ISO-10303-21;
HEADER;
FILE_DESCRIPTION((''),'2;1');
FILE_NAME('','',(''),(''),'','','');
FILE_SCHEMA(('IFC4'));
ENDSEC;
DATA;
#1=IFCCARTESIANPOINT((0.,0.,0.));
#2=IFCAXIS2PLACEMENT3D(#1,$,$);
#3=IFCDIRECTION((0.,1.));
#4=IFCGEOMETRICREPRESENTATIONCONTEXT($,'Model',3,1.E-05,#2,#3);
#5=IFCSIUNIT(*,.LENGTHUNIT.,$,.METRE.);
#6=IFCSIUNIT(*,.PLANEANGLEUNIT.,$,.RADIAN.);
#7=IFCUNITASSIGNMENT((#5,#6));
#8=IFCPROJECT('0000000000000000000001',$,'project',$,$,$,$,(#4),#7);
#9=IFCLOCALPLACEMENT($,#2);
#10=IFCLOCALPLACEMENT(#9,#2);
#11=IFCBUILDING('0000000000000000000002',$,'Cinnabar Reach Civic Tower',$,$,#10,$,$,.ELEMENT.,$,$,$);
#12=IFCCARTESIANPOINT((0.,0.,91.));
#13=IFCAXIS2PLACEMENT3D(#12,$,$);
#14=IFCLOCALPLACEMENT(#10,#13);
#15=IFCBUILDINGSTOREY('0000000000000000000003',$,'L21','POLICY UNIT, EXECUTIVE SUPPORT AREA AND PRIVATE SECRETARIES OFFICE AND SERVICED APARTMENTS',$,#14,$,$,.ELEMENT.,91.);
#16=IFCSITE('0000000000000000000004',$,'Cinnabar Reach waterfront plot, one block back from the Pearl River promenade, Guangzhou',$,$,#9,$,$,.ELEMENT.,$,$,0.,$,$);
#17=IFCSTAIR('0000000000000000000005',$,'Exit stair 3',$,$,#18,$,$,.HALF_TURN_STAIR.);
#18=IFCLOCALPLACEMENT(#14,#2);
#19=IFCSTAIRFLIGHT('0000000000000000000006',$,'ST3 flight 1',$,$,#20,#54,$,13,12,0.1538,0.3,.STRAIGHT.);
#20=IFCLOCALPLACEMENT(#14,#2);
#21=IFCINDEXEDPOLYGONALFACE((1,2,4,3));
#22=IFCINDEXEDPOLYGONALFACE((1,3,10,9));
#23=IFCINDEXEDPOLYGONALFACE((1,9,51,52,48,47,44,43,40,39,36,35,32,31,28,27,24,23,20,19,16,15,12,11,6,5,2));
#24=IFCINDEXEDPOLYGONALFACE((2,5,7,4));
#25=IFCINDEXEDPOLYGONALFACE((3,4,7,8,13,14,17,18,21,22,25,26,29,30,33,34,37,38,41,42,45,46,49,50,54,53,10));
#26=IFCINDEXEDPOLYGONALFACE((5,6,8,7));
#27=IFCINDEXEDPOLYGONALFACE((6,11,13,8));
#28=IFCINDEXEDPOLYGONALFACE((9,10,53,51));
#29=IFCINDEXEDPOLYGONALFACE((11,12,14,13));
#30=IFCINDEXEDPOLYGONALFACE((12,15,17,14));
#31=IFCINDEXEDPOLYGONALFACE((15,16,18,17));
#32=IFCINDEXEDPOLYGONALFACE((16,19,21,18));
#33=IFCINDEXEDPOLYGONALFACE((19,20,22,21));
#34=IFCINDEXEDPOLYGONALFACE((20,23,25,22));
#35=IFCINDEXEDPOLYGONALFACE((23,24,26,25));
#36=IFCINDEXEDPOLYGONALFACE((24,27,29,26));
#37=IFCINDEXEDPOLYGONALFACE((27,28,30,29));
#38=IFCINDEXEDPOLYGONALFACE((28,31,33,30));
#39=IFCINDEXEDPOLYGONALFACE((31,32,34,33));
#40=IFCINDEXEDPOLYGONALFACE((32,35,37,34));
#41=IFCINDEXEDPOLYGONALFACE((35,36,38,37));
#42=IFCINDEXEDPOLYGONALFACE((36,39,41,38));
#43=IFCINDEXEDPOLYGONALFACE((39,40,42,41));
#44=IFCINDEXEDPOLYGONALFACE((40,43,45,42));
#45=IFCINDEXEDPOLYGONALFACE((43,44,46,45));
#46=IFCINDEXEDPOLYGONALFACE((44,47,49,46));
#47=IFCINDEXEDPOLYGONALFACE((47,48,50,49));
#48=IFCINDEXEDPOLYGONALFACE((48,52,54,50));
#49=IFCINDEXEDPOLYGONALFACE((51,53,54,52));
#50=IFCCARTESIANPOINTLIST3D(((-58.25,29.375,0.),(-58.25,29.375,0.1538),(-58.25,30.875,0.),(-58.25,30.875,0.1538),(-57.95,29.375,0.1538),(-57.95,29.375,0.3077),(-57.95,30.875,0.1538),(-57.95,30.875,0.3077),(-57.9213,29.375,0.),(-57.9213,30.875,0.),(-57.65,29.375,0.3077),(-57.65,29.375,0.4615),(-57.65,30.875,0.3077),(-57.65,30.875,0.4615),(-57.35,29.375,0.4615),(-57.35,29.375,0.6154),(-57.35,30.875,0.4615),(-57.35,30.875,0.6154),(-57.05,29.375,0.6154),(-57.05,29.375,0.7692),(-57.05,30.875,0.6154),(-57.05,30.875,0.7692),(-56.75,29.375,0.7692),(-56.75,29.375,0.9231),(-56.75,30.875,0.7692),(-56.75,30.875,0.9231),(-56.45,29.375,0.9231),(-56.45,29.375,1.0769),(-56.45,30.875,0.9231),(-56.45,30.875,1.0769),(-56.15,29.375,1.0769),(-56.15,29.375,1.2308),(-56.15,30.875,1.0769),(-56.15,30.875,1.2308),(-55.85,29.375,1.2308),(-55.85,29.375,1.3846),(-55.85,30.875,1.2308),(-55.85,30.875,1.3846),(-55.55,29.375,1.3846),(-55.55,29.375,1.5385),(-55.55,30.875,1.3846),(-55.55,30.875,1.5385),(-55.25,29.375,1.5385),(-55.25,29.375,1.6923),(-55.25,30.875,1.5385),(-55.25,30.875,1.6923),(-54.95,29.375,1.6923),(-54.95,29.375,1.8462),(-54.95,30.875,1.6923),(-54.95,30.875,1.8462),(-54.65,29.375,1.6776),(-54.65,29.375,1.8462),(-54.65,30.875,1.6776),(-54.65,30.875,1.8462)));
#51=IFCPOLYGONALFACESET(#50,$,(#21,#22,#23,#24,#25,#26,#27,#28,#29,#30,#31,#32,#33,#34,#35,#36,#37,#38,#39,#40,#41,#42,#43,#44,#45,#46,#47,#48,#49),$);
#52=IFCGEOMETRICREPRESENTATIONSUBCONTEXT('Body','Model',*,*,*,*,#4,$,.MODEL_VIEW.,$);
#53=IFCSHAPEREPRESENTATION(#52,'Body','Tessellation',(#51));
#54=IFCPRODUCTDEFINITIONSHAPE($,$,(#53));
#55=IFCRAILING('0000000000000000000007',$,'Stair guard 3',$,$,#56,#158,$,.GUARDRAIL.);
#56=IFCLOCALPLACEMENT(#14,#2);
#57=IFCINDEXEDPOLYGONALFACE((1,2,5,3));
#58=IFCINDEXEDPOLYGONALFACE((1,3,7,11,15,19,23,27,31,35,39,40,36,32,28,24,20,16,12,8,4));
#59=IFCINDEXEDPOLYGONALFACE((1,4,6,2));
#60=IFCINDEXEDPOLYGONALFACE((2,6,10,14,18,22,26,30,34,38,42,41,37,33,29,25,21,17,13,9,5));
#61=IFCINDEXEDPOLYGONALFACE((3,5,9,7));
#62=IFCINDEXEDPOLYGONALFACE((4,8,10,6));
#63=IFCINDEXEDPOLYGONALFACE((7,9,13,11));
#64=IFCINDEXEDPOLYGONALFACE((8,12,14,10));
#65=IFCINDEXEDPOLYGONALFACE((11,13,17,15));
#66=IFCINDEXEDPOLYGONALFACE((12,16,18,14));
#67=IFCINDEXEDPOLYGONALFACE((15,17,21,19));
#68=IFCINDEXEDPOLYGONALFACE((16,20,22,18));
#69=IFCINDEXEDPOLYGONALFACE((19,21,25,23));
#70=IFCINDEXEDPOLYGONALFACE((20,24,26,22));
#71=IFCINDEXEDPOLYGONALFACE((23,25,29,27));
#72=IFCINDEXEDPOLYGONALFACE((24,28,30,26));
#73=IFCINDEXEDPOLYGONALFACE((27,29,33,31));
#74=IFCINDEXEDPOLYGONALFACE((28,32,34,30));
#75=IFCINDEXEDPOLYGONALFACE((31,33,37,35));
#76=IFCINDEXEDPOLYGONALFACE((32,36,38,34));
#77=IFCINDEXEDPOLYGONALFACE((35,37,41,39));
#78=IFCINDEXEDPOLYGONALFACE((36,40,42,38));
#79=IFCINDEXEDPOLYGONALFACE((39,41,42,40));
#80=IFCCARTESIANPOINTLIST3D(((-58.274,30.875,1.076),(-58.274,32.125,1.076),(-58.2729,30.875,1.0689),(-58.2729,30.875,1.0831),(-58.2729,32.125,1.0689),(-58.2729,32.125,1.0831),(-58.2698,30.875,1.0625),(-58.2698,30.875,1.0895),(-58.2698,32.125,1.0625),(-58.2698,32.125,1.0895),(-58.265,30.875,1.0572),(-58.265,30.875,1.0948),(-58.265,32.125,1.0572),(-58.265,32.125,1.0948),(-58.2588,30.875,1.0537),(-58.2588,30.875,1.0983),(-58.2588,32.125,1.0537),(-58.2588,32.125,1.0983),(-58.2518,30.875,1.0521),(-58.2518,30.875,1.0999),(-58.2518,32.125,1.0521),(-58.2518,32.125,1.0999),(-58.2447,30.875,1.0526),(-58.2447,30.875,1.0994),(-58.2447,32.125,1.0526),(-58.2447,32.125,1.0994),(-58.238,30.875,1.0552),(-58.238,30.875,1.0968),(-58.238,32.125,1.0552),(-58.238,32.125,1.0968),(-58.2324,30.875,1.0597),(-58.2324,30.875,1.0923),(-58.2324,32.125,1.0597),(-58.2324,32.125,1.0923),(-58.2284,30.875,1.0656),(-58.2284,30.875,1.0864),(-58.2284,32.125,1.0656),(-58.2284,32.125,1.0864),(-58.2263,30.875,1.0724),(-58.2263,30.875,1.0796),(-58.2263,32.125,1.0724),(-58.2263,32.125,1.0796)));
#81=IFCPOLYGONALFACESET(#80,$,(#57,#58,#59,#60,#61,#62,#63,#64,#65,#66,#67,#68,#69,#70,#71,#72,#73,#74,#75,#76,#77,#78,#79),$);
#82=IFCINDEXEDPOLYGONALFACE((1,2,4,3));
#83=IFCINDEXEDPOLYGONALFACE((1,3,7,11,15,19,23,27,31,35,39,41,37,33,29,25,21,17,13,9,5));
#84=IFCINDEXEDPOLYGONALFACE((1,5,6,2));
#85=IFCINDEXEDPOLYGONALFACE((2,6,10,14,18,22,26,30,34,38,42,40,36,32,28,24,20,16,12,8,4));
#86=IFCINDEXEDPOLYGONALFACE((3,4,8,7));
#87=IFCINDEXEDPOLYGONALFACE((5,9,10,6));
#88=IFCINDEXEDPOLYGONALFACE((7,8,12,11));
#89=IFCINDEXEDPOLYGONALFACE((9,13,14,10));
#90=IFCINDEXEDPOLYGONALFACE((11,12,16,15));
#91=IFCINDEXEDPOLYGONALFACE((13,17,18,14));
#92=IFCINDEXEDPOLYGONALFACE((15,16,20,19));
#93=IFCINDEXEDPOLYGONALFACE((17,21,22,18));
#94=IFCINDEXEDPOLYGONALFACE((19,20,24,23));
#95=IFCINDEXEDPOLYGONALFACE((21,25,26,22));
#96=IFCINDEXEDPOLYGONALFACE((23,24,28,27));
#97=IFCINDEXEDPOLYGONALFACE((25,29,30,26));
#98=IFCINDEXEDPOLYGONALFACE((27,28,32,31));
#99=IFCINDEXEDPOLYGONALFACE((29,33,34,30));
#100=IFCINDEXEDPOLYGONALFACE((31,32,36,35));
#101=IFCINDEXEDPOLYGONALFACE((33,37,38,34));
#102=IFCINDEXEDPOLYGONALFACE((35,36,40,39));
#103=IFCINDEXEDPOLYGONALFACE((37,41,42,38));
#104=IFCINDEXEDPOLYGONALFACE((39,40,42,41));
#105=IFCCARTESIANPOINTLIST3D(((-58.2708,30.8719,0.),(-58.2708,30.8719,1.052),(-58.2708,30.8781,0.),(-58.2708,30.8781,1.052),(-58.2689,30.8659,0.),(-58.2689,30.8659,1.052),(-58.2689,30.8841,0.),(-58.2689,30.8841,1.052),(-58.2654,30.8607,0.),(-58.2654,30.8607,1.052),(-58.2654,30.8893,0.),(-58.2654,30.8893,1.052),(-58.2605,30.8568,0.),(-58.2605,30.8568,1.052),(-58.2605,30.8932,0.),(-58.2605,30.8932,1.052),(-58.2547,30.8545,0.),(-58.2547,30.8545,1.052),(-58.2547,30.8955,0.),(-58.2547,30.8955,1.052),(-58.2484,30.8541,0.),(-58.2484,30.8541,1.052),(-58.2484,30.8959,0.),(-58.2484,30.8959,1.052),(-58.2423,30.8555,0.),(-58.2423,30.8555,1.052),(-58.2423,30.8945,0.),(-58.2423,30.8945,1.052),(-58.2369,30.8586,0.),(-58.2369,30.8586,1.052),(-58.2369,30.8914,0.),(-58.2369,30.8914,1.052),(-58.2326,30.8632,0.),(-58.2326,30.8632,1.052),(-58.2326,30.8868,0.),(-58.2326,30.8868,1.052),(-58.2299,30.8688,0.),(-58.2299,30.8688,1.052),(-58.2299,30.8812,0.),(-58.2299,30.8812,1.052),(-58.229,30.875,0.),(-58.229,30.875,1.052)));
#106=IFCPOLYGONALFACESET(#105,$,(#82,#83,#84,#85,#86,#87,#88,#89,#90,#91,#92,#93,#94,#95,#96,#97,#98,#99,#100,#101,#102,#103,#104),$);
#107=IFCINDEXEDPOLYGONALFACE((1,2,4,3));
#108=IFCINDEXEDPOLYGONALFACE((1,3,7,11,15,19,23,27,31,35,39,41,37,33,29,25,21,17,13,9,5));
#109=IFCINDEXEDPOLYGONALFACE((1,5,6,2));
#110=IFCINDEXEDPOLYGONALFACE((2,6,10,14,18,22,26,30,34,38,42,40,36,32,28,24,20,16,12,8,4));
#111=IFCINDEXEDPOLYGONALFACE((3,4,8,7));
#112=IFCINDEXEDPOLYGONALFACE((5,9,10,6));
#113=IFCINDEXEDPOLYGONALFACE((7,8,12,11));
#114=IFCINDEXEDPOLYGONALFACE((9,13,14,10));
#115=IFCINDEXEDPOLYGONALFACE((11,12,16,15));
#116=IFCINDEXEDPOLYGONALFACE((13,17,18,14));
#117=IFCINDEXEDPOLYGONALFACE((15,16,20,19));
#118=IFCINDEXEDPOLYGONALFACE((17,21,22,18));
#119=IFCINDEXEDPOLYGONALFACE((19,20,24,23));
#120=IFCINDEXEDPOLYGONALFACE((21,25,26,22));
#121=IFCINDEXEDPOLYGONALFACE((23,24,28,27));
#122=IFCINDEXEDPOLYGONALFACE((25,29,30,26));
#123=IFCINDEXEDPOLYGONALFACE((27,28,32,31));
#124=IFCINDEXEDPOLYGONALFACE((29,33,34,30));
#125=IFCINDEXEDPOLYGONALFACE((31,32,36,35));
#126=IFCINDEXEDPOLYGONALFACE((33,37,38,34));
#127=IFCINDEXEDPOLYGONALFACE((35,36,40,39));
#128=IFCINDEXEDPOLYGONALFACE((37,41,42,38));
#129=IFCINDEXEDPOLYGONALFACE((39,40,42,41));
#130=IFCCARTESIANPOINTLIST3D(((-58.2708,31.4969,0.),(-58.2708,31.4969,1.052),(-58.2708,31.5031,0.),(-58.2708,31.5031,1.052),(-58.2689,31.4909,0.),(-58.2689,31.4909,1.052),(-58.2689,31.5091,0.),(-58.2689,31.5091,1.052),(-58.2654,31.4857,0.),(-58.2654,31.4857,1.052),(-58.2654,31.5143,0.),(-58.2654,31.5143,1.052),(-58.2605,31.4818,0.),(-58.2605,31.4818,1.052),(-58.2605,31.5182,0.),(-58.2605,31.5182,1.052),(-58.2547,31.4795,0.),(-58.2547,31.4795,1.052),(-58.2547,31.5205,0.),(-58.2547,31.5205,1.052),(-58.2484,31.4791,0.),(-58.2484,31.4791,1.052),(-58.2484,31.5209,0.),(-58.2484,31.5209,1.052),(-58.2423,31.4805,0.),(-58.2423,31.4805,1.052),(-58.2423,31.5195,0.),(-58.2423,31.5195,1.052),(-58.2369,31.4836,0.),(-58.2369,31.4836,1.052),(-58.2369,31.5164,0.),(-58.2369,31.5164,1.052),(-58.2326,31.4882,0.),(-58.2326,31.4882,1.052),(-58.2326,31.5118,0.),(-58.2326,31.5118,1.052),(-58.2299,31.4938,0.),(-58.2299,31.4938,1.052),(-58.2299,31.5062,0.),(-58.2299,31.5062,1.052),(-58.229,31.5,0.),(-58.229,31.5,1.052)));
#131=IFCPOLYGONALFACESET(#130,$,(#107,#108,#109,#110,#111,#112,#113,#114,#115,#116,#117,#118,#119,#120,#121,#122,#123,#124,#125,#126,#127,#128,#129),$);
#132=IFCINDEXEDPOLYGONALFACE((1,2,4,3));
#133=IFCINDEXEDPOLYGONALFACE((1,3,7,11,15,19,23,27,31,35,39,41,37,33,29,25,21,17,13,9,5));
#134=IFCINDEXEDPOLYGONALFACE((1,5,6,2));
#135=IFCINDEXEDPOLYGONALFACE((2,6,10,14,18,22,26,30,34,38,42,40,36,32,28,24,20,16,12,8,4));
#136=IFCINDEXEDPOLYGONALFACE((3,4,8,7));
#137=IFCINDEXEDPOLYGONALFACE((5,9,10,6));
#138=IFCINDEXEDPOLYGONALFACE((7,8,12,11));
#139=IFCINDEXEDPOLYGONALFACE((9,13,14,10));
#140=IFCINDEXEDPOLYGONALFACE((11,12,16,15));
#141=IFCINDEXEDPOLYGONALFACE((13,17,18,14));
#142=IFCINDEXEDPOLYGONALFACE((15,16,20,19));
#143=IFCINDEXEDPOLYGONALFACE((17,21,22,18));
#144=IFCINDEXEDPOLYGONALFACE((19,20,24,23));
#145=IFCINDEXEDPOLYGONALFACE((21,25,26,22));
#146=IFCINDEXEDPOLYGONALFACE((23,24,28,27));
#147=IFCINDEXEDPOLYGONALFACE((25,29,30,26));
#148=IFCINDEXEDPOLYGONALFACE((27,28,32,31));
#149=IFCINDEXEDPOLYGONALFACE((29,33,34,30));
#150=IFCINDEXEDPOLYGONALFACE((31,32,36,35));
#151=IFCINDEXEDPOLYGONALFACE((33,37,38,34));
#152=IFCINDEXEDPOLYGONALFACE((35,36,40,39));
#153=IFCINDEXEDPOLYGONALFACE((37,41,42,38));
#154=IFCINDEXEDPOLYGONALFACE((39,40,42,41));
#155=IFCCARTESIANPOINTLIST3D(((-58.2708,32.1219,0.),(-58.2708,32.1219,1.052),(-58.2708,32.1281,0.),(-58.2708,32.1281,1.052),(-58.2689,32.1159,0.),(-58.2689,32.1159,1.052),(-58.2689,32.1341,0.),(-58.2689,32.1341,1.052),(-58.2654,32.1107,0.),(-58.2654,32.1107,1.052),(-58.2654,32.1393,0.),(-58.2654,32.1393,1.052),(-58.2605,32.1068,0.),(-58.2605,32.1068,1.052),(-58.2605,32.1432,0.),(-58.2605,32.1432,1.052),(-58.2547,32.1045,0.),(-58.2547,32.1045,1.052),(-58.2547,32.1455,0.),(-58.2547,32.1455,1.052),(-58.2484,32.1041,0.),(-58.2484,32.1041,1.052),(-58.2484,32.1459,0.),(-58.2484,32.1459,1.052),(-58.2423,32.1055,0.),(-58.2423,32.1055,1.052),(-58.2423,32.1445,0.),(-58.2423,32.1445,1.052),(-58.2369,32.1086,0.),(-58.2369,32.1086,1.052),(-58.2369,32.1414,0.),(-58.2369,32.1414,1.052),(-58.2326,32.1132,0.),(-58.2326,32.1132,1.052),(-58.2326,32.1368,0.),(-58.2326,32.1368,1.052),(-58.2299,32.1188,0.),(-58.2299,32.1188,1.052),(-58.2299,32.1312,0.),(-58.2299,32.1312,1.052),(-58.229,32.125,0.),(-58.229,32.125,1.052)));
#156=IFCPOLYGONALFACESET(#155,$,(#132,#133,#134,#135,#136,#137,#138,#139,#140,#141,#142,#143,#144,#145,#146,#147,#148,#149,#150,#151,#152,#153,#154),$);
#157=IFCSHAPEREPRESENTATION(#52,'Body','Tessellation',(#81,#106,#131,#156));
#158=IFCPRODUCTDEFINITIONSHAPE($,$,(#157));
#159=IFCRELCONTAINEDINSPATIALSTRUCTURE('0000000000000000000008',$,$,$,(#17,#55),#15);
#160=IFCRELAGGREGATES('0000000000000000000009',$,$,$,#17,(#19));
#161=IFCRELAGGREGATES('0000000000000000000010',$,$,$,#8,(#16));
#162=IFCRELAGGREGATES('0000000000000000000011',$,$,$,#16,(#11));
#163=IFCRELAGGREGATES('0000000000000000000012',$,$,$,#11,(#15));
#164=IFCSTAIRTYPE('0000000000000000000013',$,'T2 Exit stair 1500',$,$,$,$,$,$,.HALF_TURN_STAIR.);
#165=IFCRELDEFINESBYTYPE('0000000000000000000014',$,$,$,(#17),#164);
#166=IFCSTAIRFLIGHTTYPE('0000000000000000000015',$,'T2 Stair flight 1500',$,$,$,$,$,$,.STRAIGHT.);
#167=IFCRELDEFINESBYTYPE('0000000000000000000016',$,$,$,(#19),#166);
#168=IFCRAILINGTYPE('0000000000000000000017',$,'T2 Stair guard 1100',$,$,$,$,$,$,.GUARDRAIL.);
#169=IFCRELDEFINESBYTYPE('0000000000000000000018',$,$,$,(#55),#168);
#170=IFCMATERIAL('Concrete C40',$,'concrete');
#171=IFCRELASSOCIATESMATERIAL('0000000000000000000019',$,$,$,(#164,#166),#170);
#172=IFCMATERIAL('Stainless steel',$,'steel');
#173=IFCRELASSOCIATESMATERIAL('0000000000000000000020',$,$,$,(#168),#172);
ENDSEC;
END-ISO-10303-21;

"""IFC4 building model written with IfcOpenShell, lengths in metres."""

from ifc_helpers import new_model, si_unit, direction, frame, origin, origin_2d, place, context, subcontext, project, spatial, polyline, circle, outline, extrude, material, type_object, element, aggregate, save


model = new_model("IFC4")

# Units and contexts
model_context = context("Model", 3, precision=1e-05, world=origin(), true_north=direction((0.0, 1.0)))
body_context = subcontext(model_context, "Body", "Model", "MODEL_VIEW")
ifc_project = project(units=[si_unit("LENGTHUNIT", "METRE"), si_unit("PLANEANGLEUNIT", "RADIAN")], contexts=[model_context])

# Site, building, storey
site_placement = place(None, origin())
site = spatial("IfcSite", under=ifc_project, at=site_placement, Name="Cinnabar Reach waterfront plot, one block back from the Pearl River promenade, Guangzhou", CompositionType="ELEMENT", RefElevation=0.0)
building_placement = place(site_placement, origin())
building = spatial("IfcBuilding", under=site, at=building_placement, Name="Cinnabar Reach Civic Tower", CompositionType="ELEMENT")
storey_placement = place(building_placement, frame((0.0, 0.0, 91.0)))
storey = spatial("IfcBuildingStorey", under=building, at=storey_placement, Name="L21", Description="POLICY UNIT, EXECUTIVE SUPPORT AREA AND PRIVATE SECRETARIES OFFICE AND SERVICED APARTMENTS", CompositionType="ELEMENT", Elevation=91.0)

# Stair, stair flight
ifc_material_1 = material(Name="Concrete C40", Category="concrete")
stair_type = type_object("IfcStairType", Name="T2 Exit stair 1500", PredefinedType="HALF_TURN_STAIR", material=ifc_material_1)
stair_placement = place(storey_placement, origin())
stair = element("IfcStair", 1, at=stair_placement, inside=storey, type_object=stair_type, Name="Exit stair 3", PredefinedType="HALF_TURN_STAIR")
stair_flight_type = type_object("IfcStairFlightType", Name="T2 Stair flight 1500", PredefinedType="STRAIGHT", material=ifc_material_1)
stair_flight_placement = place(storey_placement, frame((-58.25, 30.125, 0.0), z_axis=(0.0, 0.0, 1.0), x_axis=(1.0, 0.0, 0.0)))
stair_flight = element("IfcStairFlight", 2, at=stair_flight_placement, type_object=stair_flight_type, Name="ST3 flight 1", NumberOfRisers=13, NumberOfTreads=12, PredefinedType="STRAIGHT", RiserHeight=0.1538, TreadLength=0.3, context=body_context, shape_type="SweptSolid", body=[
    extrude(outline(polyline([(0.0, 0.0), (0.0, 0.1538), (0.3, 0.1538), (0.3, 0.3077), (0.6, 0.3077), (0.6, 0.4615), (0.9, 0.4615), (0.9, 0.6154), (1.2, 0.6154), (1.2, 0.7692), (1.5, 0.7692), (1.5, 0.9231), (1.8, 0.9231), (1.8, 1.0769), (2.1, 1.0769), (2.1, 1.2308), (2.4, 1.2308), (2.4, 1.3846), (2.7, 1.3846), (2.7, 1.5385), (3.0, 1.5385), (3.0, 1.6923), (3.3, 1.6923), (3.3, 1.8462), (3.6, 1.8462), (3.6, 2.0), (3.6, 1.6776), (0.3287, 0.0), (0.0, 0.0)])), frame((0.0, 0.75, 0.0), z_axis=(0.0, -1.0, 0.0), x_axis=(1.0, 0.0, 0.0)), (0.0, 0.0, 1.0), 1.5),
])
aggregate(stair, [stair_flight])

# Railing
ifc_material_2 = material(Name="Stainless steel", Category="steel")
railing_type = type_object("IfcRailingType", Name="T2 Stair guard 1100", PredefinedType="GUARDRAIL", material=ifc_material_2)
railing_1_placement = place(storey_placement, frame((-58.25, 30.875, 0.0)))
element("IfcRailing", 3, at=railing_1_placement, inside=storey, type_object=railing_type, Name="Stair guard 3", PredefinedType="GUARDRAIL", context=body_context, shape_type="SweptSolid", body=[
    extrude(circle(Radius=0.024, at=origin_2d()), frame((0.0, 0.0, 1.076), z_axis=(0.0, 1.0, 0.0), x_axis=(-1.0, 0.0, 0.0)), (0.0, 0.0, 1.0), 1.25),
    extrude(circle(Radius=0.021, at=origin_2d()), origin(), (0.0, 0.0, 1.0), 1.052),
    extrude(circle(Radius=0.021, at=origin_2d()), frame((0.0, 0.625, 0.0)), (0.0, 0.0, 1.0), 1.052),
    extrude(circle(Radius=0.021, at=origin_2d()), frame((0.0, 1.25, 0.0)), (0.0, 0.0, 1.0), 1.052),
])

save(model, "model.ifc")
